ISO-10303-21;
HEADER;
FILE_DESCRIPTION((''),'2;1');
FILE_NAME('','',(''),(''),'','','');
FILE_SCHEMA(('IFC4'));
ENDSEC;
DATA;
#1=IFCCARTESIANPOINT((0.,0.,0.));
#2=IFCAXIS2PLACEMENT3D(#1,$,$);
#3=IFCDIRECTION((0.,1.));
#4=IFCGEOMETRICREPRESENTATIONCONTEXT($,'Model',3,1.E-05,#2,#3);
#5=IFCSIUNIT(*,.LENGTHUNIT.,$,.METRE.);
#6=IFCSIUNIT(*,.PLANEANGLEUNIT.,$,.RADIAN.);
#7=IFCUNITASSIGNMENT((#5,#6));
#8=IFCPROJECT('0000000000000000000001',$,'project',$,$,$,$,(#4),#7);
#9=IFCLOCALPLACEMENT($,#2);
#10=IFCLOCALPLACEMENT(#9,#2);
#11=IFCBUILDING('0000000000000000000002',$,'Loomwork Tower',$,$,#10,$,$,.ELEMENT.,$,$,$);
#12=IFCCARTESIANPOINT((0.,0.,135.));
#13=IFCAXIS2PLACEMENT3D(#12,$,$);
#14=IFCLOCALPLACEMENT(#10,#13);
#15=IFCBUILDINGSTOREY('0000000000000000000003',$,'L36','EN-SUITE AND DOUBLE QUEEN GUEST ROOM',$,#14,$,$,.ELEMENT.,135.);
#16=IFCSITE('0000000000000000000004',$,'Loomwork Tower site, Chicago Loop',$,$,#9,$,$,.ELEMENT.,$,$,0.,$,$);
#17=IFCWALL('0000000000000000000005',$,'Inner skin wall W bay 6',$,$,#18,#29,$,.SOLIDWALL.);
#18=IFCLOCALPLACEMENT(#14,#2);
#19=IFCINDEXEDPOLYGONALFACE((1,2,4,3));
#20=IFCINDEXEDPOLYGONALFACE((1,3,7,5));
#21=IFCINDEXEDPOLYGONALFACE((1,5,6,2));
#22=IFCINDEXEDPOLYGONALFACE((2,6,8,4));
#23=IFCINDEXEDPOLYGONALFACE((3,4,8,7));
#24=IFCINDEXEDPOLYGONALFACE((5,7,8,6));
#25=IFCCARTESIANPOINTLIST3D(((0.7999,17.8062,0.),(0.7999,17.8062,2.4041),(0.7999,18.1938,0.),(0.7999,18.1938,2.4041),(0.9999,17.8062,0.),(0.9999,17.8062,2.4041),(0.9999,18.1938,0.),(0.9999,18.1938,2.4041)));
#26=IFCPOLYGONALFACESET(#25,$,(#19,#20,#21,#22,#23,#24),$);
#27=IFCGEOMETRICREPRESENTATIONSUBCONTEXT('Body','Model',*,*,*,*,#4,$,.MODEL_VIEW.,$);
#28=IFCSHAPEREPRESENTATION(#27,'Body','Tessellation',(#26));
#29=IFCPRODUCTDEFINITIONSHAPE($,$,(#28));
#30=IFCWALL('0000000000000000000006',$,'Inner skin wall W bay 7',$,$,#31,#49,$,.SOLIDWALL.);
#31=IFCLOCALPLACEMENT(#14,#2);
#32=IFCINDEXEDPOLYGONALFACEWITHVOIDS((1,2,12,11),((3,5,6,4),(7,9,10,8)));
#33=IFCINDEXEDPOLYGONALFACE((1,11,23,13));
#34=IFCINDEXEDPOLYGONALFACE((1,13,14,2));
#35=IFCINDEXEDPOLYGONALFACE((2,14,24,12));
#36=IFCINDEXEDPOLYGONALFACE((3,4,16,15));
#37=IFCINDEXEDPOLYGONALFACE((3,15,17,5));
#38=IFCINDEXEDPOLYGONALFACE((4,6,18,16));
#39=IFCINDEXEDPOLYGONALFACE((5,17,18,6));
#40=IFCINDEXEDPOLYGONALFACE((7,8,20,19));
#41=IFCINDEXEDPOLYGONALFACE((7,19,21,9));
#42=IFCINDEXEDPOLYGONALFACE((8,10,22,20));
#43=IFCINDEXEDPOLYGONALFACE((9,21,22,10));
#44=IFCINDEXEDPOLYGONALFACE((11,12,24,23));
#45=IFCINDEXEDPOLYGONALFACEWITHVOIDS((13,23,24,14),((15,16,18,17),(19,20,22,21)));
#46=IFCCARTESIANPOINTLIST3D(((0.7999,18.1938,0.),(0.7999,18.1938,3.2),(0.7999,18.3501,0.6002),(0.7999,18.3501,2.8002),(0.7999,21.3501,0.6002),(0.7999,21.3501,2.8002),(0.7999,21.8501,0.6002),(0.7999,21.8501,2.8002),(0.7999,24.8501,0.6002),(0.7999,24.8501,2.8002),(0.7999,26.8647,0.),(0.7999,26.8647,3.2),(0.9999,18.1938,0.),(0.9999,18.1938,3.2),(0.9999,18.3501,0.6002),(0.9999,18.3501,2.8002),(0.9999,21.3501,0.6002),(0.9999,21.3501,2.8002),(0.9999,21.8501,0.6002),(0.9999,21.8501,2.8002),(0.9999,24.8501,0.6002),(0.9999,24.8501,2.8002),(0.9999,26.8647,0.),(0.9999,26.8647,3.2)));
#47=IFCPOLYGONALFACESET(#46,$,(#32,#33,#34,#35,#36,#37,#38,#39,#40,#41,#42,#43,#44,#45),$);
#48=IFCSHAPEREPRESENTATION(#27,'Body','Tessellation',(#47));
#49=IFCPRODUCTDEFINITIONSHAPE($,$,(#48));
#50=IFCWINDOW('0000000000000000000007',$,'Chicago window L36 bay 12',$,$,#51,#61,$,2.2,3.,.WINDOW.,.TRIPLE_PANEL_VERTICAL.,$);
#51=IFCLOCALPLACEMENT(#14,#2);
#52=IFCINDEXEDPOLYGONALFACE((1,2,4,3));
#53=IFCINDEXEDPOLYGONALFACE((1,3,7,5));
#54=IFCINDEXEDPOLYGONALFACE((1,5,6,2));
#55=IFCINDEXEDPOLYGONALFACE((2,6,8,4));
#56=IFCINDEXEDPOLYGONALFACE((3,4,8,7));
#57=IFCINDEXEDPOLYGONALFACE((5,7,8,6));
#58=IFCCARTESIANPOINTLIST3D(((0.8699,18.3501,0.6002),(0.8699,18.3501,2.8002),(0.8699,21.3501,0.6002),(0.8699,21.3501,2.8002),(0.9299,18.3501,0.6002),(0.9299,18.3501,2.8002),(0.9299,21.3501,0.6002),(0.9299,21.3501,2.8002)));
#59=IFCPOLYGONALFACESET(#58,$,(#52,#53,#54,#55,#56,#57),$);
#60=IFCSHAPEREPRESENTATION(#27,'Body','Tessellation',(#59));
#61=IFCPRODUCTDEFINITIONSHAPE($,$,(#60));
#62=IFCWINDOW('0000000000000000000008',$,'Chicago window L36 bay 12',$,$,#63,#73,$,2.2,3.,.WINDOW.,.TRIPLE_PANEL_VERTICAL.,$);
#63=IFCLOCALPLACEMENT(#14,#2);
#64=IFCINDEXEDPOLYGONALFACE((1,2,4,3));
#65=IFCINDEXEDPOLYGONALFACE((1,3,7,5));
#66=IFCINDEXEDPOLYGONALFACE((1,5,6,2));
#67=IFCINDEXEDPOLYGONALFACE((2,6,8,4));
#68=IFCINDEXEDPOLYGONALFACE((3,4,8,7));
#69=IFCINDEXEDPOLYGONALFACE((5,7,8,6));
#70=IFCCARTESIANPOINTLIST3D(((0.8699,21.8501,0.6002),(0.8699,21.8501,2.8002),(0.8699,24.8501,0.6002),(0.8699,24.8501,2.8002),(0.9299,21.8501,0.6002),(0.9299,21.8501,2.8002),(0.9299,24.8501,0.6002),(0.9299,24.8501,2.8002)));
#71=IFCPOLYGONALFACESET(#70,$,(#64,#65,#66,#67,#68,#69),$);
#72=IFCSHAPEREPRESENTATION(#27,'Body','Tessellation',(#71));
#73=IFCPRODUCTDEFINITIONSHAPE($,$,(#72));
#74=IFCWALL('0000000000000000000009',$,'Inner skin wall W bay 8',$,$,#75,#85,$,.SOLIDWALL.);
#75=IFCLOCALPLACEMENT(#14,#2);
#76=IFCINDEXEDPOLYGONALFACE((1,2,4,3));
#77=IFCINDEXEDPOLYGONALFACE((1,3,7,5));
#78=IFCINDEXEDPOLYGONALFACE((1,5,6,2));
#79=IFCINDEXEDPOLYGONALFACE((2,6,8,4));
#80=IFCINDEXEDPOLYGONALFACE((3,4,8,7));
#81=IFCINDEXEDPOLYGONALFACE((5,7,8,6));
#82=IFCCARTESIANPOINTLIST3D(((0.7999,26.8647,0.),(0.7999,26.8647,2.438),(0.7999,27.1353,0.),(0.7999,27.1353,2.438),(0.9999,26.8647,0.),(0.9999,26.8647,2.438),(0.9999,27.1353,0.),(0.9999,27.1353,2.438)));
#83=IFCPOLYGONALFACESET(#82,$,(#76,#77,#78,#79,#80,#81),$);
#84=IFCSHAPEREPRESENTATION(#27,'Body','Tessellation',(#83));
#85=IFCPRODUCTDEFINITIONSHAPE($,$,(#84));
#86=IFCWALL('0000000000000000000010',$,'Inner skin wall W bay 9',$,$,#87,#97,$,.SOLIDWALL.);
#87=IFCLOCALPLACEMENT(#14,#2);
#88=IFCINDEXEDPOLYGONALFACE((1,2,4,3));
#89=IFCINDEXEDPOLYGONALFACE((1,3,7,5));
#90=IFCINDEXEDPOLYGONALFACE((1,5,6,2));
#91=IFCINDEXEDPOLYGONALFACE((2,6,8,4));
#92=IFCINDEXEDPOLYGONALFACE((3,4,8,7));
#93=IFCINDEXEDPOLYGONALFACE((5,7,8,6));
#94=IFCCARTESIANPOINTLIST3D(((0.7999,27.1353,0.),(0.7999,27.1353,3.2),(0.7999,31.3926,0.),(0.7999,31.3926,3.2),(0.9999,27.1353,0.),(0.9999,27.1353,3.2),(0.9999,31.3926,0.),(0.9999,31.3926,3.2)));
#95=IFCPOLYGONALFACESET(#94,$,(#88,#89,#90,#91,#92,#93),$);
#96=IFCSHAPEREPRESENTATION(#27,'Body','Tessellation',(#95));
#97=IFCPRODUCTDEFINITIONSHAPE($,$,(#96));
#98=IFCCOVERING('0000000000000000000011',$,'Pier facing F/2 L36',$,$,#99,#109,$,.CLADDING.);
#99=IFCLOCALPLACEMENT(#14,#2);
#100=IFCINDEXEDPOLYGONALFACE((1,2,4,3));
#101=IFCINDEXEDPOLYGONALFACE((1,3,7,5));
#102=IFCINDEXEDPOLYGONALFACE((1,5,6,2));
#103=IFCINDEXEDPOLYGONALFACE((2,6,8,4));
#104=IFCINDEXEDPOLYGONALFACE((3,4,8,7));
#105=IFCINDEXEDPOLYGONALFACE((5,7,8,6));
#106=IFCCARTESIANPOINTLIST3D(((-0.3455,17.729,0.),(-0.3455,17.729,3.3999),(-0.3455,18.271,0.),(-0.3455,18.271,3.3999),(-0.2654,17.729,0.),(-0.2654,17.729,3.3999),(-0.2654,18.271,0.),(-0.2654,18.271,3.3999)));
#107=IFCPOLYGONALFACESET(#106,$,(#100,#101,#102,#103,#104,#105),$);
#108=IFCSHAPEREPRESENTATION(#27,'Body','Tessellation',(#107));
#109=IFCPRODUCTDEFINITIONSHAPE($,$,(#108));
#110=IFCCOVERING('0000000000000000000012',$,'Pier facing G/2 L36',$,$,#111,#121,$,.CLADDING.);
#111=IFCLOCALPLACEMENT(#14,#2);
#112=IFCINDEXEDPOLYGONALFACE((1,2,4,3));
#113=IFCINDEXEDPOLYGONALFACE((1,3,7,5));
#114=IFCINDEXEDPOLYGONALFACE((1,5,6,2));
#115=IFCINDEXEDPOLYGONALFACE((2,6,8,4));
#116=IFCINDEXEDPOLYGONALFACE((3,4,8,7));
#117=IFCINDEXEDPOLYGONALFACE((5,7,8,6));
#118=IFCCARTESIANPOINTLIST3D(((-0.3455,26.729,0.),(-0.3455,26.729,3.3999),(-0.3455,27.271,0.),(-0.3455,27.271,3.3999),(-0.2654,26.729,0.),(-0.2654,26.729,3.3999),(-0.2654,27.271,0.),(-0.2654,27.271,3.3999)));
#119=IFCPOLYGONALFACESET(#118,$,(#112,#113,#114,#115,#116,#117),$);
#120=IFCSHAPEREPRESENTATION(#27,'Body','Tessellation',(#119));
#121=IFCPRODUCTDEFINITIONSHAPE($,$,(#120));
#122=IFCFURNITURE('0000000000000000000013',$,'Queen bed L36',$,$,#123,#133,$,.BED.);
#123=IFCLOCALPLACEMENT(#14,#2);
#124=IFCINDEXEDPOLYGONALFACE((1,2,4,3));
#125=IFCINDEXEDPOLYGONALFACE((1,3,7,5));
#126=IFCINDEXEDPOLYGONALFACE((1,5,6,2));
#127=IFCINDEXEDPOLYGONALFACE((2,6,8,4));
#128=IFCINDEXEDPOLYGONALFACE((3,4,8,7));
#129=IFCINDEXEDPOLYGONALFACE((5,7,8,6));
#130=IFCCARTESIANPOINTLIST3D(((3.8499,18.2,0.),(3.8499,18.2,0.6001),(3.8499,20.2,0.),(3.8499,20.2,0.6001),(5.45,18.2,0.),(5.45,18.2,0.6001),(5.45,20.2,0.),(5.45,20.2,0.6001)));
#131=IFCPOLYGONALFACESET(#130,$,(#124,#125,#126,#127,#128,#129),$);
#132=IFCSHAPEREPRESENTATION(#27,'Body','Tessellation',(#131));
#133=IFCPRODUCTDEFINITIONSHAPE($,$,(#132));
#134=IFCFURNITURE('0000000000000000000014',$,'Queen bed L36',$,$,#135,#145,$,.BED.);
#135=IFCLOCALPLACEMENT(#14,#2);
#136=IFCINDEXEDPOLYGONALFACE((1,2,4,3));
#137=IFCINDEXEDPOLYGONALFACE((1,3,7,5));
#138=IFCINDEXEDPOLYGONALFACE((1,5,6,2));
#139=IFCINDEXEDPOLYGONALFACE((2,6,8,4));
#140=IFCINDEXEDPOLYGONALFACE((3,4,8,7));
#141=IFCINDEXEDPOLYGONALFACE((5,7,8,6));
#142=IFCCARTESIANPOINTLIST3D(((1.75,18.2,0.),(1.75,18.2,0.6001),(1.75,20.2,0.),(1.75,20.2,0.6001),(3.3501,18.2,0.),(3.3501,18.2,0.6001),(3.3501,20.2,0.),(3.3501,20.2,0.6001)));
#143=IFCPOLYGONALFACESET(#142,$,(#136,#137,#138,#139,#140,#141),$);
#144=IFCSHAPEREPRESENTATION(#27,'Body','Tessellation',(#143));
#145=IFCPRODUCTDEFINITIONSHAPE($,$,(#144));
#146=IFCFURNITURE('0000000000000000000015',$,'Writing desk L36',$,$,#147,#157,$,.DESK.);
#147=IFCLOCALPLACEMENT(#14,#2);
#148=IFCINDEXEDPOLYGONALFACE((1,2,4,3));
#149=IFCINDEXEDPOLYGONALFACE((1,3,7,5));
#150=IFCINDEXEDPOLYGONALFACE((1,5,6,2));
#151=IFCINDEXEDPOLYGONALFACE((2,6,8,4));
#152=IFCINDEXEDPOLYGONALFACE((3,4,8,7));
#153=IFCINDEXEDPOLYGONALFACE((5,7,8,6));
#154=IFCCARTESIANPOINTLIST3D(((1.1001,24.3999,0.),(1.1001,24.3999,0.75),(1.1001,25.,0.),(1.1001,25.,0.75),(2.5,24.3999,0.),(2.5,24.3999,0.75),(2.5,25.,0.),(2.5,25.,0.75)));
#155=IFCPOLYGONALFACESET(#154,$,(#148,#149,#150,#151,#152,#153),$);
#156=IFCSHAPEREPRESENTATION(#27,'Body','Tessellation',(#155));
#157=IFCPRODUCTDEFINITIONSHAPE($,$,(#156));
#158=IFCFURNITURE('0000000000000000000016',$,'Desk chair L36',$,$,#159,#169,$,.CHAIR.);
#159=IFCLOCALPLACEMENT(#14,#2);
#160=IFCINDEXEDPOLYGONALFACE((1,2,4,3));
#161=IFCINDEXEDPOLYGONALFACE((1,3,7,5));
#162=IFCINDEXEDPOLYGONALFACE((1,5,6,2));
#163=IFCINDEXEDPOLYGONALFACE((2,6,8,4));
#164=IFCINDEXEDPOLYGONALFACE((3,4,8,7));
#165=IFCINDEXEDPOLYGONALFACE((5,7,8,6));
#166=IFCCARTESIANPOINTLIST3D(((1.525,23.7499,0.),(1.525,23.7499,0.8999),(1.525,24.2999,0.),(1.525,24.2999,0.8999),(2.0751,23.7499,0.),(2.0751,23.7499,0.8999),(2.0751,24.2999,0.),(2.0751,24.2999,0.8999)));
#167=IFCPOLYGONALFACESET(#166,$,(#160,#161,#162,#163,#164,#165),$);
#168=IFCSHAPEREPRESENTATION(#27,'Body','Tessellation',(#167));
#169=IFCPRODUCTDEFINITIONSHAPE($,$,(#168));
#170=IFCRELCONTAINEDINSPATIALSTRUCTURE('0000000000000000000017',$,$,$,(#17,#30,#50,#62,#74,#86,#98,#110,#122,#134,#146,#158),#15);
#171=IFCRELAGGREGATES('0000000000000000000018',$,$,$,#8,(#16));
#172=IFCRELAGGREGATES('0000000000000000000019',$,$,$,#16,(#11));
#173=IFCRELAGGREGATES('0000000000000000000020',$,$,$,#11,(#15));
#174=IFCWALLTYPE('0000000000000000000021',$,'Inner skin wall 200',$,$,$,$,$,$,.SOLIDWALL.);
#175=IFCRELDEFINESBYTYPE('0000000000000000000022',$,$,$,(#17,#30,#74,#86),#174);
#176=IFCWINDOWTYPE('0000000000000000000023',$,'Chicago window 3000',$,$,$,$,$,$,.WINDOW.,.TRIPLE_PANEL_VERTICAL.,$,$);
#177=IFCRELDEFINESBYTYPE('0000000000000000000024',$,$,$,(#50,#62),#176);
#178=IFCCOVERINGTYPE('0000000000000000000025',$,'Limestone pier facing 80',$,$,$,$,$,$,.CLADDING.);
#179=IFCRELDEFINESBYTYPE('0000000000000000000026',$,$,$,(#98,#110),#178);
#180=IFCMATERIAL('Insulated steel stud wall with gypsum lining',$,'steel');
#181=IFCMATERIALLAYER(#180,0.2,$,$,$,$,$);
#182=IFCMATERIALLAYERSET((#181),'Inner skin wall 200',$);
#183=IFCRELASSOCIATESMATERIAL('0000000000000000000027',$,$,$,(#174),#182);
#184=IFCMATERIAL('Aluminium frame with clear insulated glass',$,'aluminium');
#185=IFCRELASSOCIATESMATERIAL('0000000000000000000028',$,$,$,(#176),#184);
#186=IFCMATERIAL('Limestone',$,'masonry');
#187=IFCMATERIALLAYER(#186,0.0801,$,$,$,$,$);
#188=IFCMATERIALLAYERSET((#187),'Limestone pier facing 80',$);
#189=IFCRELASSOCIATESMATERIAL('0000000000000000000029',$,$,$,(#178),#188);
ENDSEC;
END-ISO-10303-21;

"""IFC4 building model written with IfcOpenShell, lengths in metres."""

from ifc_helpers import new_model, si_unit, direction, frame, frame_2d, origin, origin_2d, place, context, subcontext, project, spatial, rectangle, extrude, material, layer, layer_set, type_object, element, fill, save


model = new_model("IFC4")

# Units and contexts
model_context = context("Model", 3, precision=1e-05, world=origin(), true_north=direction((0.0, 1.0)))
body_context = subcontext(model_context, "Body", "Model", "MODEL_VIEW")
ifc_project = project(units=[si_unit("LENGTHUNIT", "METRE"), si_unit("PLANEANGLEUNIT", "RADIAN")], contexts=[model_context])

# Site, building, storey
site_placement = place(None, origin())
site = spatial("IfcSite", under=ifc_project, at=site_placement, Name="Loomwork Tower site, Chicago Loop", CompositionType="ELEMENT", RefElevation=0.0)
building_placement = place(site_placement, origin())
building = spatial("IfcBuilding", under=site, at=building_placement, Name="Loomwork Tower", CompositionType="ELEMENT")
storey_placement = place(building_placement, frame((0.0, 0.0, 135.0)))
storey = spatial("IfcBuildingStorey", under=building, at=storey_placement, Name="L36", Description="EN-SUITE AND DOUBLE QUEEN GUEST ROOM", CompositionType="ELEMENT", Elevation=135.0)

# Wall
ifc_material_1 = material(Name="Insulated steel stud wall with gypsum lining", Category="steel")
ifc_layer_1 = layer(ifc_material_1, 0.2)
ifc_layer_set_1 = layer_set([ifc_layer_1], Name="Inner skin wall 200")
wall_type_1 = type_object("IfcWallType", Name="Inner skin wall 200", PredefinedType="SOLIDWALL", material=ifc_layer_set_1)
wall_1_placement = place(storey_placement, frame((0.8999, 17.8062, 0.0), z_axis=(0.0, 0.0, 1.0), x_axis=(0.0, 1.0, 0.0)))
element("IfcWall", 1, at=wall_1_placement, inside=storey, type_object=wall_type_1, Name="Inner skin wall W bay 6", PredefinedType="SOLIDWALL", context=body_context, shape_type="SweptSolid", body=[
    extrude(rectangle(XDim=0.3877, YDim=0.2, at=frame_2d((0.1938, 0.0))), origin(), (0.0, 0.0, 1.0), 2.4041),
])

# Wall, openings, windows
wall_2_placement = place(storey_placement, frame((0.8999, 18.1938, 0.0), z_axis=(0.0, 0.0, 1.0), x_axis=(0.0, 1.0, 0.0)))
wall_2 = element("IfcWall", 2, at=wall_2_placement, inside=storey, type_object=wall_type_1, Name="Inner skin wall W bay 7", PredefinedType="SOLIDWALL", context=body_context, shape_type="SweptSolid", body=[
    extrude(rectangle(XDim=8.6709, YDim=0.2, at=frame_2d((4.3354, 0.0))), origin(), (0.0, 0.0, 1.0), 3.2),
])
opening_1_placement = place(wall_2_placement, frame((0.1562, 0.0, 0.6001)))
opening_1 = element("IfcOpeningElement", 3, at=opening_1_placement, cuts=wall_2, PredefinedType="OPENING", context=body_context, shape_type="SweptSolid", body=[
    extrude(rectangle(XDim=3.0, YDim=2.2, at=frame_2d((1.5, 1.1001))), frame((0.0, 0.1099, 0.0), z_axis=(0.0, -1.0, 0.0), x_axis=(1.0, 0.0, 0.0)), (0.0, 0.0, 1.0), 0.22),
])
opening_2_placement = place(wall_2_placement, frame((3.6562, 0.0, 0.6001)))
opening_2 = element("IfcOpeningElement", 4, at=opening_2_placement, cuts=wall_2, PredefinedType="OPENING", context=body_context, shape_type="SweptSolid", body=[
    extrude(rectangle(XDim=3.0, YDim=2.2, at=frame_2d((1.5, 1.1001))), frame((0.0, 0.1099, 0.0), z_axis=(0.0, -1.0, 0.0), x_axis=(1.0, 0.0, 0.0)), (0.0, 0.0, 1.0), 0.22),
])
ifc_material_2 = material(Name="Aluminium frame with clear insulated glass", Category="aluminium")
window_type = type_object("IfcWindowType", Name="Chicago window 3000", PartitioningType="TRIPLE_PANEL_VERTICAL", PredefinedType="WINDOW", material=ifc_material_2)
window_1_placement = place(opening_1_placement, origin())
window_1 = element("IfcWindow", 5, at=window_1_placement, inside=storey, type_object=window_type, Name="Chicago window L36 bay 12", OverallHeight=2.2, OverallWidth=3.0, PartitioningType="TRIPLE_PANEL_VERTICAL", PredefinedType="WINDOW", context=body_context, shape_type="SweptSolid", body=[
    extrude(rectangle(XDim=3.0, YDim=2.2, at=frame_2d((1.5, 1.1001))), frame((0.0, 0.03, 0.0), z_axis=(0.0, -1.0, 0.0), x_axis=(1.0, 0.0, 0.0)), (0.0, 0.0, 1.0), 0.0601),
])
fill(opening_1, window_1)
window_2_placement = place(opening_2_placement, origin())
window_2 = element("IfcWindow", 6, at=window_2_placement, inside=storey, type_object=window_type, Name="Chicago window L36 bay 12", OverallHeight=2.2, OverallWidth=3.0, PartitioningType="TRIPLE_PANEL_VERTICAL", PredefinedType="WINDOW", context=body_context, shape_type="SweptSolid", body=[
    extrude(rectangle(XDim=3.0, YDim=2.2, at=frame_2d((1.5, 1.1001))), frame((0.0, 0.03, 0.0), z_axis=(0.0, -1.0, 0.0), x_axis=(1.0, 0.0, 0.0)), (0.0, 0.0, 1.0), 0.0601),
])
fill(opening_2, window_2)

# Walls
wall_3_placement = place(storey_placement, frame((0.8999, 26.8647, 0.0), z_axis=(0.0, 0.0, 1.0), x_axis=(0.0, 1.0, 0.0)))
element("IfcWall", 7, at=wall_3_placement, inside=storey, type_object=wall_type_1, Name="Inner skin wall W bay 8", PredefinedType="SOLIDWALL", context=body_context, shape_type="SweptSolid", body=[
    extrude(rectangle(XDim=0.2705, YDim=0.2, at=frame_2d((0.1353, 0.0))), origin(), (0.0, 0.0, 1.0), 2.438),
])
wall_4_placement = place(storey_placement, frame((0.8999, 27.1353, 0.0), z_axis=(0.0, 0.0, 1.0), x_axis=(0.0, 1.0, 0.0)))
element("IfcWall", 8, at=wall_4_placement, inside=storey, type_object=wall_type_1, Name="Inner skin wall W bay 9", PredefinedType="SOLIDWALL", context=body_context, shape_type="SweptSolid", body=[
    extrude(rectangle(XDim=4.2573, YDim=0.2, at=frame_2d((2.1287, 0.0))), origin(), (0.0, 0.0, 1.0), 3.2),
])

# Coverings
ifc_material_3 = material(Name="Limestone", Category="masonry")
ifc_layer_2 = layer(ifc_material_3, 0.0801)
ifc_layer_set_2 = layer_set([ifc_layer_2], Name="Limestone pier facing 80")
covering_type = type_object("IfcCoveringType", Name="Limestone pier facing 80", PredefinedType="CLADDING", material=ifc_layer_set_2)
for number, where, z_axis, x_axis, name in (
    (9, (-0.3054, 18.0, 0.0), (0.0, 0.0, 1.0), (1.0, 0.0, 0.0), "Pier facing F/2 L36"),
    (10, (-0.3054, 27.0, 0.0), (0.0, 0.0, 1.0), (1.0, 0.0, 0.0), "Pier facing G/2 L36"),
):
    element("IfcCovering", number, at=place(storey_placement, frame(where, z_axis=z_axis, x_axis=x_axis)), inside=storey, type_object=covering_type, Name=name, PredefinedType="CLADDING", context=body_context, shape_type="SweptSolid", body=[
        extrude(rectangle(XDim=0.0801, YDim=0.542, at=origin_2d()), origin(), (0.0, 0.0, 1.0), 3.3999),
    ])

# Furniture
for number, where, z_axis, x_axis, name in (
    (11, (4.6499, 19.2, 0.0), (0.0, 0.0, 1.0), (1.0, 0.0, 0.0), "Queen bed L36"),
    (12, (2.55, 19.2, 0.0), (0.0, 0.0, 1.0), (1.0, 0.0, 0.0), "Queen bed L36"),
):
    element("IfcFurniture", number, at=place(storey_placement, frame(where, z_axis=z_axis, x_axis=x_axis)), inside=storey, Name=name, PredefinedType="BED", context=body_context, shape_type="SweptSolid", body=[
        extrude(rectangle(XDim=1.6001, YDim=2.0, at=origin_2d()), origin(), (0.0, 0.0, 1.0), 0.6001),
    ])
furniture_1_placement = place(storey_placement, frame((1.8, 24.7, 0.0), z_axis=(0.0, 0.0, 1.0), x_axis=(1.0, 0.0, 0.0)))
element("IfcFurniture", 13, at=furniture_1_placement, inside=storey, Name="Writing desk L36", PredefinedType="DESK", context=body_context, shape_type="SweptSolid", body=[
    extrude(rectangle(XDim=1.3999, YDim=0.6001, at=origin_2d()), origin(), (0.0, 0.0, 1.0), 0.75),
])
furniture_2_placement = place(storey_placement, frame((1.8, 24.0249, 0.0), z_axis=(0.0, 0.0, 1.0), x_axis=(1.0, 0.0, 0.0)))
element("IfcFurniture", 14, at=furniture_2_placement, inside=storey, Name="Desk chair L36", PredefinedType="CHAIR", context=body_context, shape_type="SweptSolid", body=[
    extrude(rectangle(XDim=0.55, YDim=0.55, at=origin_2d()), origin(), (0.0, 0.0, 1.0), 0.8999),
])

save(model, "model.ifc")
